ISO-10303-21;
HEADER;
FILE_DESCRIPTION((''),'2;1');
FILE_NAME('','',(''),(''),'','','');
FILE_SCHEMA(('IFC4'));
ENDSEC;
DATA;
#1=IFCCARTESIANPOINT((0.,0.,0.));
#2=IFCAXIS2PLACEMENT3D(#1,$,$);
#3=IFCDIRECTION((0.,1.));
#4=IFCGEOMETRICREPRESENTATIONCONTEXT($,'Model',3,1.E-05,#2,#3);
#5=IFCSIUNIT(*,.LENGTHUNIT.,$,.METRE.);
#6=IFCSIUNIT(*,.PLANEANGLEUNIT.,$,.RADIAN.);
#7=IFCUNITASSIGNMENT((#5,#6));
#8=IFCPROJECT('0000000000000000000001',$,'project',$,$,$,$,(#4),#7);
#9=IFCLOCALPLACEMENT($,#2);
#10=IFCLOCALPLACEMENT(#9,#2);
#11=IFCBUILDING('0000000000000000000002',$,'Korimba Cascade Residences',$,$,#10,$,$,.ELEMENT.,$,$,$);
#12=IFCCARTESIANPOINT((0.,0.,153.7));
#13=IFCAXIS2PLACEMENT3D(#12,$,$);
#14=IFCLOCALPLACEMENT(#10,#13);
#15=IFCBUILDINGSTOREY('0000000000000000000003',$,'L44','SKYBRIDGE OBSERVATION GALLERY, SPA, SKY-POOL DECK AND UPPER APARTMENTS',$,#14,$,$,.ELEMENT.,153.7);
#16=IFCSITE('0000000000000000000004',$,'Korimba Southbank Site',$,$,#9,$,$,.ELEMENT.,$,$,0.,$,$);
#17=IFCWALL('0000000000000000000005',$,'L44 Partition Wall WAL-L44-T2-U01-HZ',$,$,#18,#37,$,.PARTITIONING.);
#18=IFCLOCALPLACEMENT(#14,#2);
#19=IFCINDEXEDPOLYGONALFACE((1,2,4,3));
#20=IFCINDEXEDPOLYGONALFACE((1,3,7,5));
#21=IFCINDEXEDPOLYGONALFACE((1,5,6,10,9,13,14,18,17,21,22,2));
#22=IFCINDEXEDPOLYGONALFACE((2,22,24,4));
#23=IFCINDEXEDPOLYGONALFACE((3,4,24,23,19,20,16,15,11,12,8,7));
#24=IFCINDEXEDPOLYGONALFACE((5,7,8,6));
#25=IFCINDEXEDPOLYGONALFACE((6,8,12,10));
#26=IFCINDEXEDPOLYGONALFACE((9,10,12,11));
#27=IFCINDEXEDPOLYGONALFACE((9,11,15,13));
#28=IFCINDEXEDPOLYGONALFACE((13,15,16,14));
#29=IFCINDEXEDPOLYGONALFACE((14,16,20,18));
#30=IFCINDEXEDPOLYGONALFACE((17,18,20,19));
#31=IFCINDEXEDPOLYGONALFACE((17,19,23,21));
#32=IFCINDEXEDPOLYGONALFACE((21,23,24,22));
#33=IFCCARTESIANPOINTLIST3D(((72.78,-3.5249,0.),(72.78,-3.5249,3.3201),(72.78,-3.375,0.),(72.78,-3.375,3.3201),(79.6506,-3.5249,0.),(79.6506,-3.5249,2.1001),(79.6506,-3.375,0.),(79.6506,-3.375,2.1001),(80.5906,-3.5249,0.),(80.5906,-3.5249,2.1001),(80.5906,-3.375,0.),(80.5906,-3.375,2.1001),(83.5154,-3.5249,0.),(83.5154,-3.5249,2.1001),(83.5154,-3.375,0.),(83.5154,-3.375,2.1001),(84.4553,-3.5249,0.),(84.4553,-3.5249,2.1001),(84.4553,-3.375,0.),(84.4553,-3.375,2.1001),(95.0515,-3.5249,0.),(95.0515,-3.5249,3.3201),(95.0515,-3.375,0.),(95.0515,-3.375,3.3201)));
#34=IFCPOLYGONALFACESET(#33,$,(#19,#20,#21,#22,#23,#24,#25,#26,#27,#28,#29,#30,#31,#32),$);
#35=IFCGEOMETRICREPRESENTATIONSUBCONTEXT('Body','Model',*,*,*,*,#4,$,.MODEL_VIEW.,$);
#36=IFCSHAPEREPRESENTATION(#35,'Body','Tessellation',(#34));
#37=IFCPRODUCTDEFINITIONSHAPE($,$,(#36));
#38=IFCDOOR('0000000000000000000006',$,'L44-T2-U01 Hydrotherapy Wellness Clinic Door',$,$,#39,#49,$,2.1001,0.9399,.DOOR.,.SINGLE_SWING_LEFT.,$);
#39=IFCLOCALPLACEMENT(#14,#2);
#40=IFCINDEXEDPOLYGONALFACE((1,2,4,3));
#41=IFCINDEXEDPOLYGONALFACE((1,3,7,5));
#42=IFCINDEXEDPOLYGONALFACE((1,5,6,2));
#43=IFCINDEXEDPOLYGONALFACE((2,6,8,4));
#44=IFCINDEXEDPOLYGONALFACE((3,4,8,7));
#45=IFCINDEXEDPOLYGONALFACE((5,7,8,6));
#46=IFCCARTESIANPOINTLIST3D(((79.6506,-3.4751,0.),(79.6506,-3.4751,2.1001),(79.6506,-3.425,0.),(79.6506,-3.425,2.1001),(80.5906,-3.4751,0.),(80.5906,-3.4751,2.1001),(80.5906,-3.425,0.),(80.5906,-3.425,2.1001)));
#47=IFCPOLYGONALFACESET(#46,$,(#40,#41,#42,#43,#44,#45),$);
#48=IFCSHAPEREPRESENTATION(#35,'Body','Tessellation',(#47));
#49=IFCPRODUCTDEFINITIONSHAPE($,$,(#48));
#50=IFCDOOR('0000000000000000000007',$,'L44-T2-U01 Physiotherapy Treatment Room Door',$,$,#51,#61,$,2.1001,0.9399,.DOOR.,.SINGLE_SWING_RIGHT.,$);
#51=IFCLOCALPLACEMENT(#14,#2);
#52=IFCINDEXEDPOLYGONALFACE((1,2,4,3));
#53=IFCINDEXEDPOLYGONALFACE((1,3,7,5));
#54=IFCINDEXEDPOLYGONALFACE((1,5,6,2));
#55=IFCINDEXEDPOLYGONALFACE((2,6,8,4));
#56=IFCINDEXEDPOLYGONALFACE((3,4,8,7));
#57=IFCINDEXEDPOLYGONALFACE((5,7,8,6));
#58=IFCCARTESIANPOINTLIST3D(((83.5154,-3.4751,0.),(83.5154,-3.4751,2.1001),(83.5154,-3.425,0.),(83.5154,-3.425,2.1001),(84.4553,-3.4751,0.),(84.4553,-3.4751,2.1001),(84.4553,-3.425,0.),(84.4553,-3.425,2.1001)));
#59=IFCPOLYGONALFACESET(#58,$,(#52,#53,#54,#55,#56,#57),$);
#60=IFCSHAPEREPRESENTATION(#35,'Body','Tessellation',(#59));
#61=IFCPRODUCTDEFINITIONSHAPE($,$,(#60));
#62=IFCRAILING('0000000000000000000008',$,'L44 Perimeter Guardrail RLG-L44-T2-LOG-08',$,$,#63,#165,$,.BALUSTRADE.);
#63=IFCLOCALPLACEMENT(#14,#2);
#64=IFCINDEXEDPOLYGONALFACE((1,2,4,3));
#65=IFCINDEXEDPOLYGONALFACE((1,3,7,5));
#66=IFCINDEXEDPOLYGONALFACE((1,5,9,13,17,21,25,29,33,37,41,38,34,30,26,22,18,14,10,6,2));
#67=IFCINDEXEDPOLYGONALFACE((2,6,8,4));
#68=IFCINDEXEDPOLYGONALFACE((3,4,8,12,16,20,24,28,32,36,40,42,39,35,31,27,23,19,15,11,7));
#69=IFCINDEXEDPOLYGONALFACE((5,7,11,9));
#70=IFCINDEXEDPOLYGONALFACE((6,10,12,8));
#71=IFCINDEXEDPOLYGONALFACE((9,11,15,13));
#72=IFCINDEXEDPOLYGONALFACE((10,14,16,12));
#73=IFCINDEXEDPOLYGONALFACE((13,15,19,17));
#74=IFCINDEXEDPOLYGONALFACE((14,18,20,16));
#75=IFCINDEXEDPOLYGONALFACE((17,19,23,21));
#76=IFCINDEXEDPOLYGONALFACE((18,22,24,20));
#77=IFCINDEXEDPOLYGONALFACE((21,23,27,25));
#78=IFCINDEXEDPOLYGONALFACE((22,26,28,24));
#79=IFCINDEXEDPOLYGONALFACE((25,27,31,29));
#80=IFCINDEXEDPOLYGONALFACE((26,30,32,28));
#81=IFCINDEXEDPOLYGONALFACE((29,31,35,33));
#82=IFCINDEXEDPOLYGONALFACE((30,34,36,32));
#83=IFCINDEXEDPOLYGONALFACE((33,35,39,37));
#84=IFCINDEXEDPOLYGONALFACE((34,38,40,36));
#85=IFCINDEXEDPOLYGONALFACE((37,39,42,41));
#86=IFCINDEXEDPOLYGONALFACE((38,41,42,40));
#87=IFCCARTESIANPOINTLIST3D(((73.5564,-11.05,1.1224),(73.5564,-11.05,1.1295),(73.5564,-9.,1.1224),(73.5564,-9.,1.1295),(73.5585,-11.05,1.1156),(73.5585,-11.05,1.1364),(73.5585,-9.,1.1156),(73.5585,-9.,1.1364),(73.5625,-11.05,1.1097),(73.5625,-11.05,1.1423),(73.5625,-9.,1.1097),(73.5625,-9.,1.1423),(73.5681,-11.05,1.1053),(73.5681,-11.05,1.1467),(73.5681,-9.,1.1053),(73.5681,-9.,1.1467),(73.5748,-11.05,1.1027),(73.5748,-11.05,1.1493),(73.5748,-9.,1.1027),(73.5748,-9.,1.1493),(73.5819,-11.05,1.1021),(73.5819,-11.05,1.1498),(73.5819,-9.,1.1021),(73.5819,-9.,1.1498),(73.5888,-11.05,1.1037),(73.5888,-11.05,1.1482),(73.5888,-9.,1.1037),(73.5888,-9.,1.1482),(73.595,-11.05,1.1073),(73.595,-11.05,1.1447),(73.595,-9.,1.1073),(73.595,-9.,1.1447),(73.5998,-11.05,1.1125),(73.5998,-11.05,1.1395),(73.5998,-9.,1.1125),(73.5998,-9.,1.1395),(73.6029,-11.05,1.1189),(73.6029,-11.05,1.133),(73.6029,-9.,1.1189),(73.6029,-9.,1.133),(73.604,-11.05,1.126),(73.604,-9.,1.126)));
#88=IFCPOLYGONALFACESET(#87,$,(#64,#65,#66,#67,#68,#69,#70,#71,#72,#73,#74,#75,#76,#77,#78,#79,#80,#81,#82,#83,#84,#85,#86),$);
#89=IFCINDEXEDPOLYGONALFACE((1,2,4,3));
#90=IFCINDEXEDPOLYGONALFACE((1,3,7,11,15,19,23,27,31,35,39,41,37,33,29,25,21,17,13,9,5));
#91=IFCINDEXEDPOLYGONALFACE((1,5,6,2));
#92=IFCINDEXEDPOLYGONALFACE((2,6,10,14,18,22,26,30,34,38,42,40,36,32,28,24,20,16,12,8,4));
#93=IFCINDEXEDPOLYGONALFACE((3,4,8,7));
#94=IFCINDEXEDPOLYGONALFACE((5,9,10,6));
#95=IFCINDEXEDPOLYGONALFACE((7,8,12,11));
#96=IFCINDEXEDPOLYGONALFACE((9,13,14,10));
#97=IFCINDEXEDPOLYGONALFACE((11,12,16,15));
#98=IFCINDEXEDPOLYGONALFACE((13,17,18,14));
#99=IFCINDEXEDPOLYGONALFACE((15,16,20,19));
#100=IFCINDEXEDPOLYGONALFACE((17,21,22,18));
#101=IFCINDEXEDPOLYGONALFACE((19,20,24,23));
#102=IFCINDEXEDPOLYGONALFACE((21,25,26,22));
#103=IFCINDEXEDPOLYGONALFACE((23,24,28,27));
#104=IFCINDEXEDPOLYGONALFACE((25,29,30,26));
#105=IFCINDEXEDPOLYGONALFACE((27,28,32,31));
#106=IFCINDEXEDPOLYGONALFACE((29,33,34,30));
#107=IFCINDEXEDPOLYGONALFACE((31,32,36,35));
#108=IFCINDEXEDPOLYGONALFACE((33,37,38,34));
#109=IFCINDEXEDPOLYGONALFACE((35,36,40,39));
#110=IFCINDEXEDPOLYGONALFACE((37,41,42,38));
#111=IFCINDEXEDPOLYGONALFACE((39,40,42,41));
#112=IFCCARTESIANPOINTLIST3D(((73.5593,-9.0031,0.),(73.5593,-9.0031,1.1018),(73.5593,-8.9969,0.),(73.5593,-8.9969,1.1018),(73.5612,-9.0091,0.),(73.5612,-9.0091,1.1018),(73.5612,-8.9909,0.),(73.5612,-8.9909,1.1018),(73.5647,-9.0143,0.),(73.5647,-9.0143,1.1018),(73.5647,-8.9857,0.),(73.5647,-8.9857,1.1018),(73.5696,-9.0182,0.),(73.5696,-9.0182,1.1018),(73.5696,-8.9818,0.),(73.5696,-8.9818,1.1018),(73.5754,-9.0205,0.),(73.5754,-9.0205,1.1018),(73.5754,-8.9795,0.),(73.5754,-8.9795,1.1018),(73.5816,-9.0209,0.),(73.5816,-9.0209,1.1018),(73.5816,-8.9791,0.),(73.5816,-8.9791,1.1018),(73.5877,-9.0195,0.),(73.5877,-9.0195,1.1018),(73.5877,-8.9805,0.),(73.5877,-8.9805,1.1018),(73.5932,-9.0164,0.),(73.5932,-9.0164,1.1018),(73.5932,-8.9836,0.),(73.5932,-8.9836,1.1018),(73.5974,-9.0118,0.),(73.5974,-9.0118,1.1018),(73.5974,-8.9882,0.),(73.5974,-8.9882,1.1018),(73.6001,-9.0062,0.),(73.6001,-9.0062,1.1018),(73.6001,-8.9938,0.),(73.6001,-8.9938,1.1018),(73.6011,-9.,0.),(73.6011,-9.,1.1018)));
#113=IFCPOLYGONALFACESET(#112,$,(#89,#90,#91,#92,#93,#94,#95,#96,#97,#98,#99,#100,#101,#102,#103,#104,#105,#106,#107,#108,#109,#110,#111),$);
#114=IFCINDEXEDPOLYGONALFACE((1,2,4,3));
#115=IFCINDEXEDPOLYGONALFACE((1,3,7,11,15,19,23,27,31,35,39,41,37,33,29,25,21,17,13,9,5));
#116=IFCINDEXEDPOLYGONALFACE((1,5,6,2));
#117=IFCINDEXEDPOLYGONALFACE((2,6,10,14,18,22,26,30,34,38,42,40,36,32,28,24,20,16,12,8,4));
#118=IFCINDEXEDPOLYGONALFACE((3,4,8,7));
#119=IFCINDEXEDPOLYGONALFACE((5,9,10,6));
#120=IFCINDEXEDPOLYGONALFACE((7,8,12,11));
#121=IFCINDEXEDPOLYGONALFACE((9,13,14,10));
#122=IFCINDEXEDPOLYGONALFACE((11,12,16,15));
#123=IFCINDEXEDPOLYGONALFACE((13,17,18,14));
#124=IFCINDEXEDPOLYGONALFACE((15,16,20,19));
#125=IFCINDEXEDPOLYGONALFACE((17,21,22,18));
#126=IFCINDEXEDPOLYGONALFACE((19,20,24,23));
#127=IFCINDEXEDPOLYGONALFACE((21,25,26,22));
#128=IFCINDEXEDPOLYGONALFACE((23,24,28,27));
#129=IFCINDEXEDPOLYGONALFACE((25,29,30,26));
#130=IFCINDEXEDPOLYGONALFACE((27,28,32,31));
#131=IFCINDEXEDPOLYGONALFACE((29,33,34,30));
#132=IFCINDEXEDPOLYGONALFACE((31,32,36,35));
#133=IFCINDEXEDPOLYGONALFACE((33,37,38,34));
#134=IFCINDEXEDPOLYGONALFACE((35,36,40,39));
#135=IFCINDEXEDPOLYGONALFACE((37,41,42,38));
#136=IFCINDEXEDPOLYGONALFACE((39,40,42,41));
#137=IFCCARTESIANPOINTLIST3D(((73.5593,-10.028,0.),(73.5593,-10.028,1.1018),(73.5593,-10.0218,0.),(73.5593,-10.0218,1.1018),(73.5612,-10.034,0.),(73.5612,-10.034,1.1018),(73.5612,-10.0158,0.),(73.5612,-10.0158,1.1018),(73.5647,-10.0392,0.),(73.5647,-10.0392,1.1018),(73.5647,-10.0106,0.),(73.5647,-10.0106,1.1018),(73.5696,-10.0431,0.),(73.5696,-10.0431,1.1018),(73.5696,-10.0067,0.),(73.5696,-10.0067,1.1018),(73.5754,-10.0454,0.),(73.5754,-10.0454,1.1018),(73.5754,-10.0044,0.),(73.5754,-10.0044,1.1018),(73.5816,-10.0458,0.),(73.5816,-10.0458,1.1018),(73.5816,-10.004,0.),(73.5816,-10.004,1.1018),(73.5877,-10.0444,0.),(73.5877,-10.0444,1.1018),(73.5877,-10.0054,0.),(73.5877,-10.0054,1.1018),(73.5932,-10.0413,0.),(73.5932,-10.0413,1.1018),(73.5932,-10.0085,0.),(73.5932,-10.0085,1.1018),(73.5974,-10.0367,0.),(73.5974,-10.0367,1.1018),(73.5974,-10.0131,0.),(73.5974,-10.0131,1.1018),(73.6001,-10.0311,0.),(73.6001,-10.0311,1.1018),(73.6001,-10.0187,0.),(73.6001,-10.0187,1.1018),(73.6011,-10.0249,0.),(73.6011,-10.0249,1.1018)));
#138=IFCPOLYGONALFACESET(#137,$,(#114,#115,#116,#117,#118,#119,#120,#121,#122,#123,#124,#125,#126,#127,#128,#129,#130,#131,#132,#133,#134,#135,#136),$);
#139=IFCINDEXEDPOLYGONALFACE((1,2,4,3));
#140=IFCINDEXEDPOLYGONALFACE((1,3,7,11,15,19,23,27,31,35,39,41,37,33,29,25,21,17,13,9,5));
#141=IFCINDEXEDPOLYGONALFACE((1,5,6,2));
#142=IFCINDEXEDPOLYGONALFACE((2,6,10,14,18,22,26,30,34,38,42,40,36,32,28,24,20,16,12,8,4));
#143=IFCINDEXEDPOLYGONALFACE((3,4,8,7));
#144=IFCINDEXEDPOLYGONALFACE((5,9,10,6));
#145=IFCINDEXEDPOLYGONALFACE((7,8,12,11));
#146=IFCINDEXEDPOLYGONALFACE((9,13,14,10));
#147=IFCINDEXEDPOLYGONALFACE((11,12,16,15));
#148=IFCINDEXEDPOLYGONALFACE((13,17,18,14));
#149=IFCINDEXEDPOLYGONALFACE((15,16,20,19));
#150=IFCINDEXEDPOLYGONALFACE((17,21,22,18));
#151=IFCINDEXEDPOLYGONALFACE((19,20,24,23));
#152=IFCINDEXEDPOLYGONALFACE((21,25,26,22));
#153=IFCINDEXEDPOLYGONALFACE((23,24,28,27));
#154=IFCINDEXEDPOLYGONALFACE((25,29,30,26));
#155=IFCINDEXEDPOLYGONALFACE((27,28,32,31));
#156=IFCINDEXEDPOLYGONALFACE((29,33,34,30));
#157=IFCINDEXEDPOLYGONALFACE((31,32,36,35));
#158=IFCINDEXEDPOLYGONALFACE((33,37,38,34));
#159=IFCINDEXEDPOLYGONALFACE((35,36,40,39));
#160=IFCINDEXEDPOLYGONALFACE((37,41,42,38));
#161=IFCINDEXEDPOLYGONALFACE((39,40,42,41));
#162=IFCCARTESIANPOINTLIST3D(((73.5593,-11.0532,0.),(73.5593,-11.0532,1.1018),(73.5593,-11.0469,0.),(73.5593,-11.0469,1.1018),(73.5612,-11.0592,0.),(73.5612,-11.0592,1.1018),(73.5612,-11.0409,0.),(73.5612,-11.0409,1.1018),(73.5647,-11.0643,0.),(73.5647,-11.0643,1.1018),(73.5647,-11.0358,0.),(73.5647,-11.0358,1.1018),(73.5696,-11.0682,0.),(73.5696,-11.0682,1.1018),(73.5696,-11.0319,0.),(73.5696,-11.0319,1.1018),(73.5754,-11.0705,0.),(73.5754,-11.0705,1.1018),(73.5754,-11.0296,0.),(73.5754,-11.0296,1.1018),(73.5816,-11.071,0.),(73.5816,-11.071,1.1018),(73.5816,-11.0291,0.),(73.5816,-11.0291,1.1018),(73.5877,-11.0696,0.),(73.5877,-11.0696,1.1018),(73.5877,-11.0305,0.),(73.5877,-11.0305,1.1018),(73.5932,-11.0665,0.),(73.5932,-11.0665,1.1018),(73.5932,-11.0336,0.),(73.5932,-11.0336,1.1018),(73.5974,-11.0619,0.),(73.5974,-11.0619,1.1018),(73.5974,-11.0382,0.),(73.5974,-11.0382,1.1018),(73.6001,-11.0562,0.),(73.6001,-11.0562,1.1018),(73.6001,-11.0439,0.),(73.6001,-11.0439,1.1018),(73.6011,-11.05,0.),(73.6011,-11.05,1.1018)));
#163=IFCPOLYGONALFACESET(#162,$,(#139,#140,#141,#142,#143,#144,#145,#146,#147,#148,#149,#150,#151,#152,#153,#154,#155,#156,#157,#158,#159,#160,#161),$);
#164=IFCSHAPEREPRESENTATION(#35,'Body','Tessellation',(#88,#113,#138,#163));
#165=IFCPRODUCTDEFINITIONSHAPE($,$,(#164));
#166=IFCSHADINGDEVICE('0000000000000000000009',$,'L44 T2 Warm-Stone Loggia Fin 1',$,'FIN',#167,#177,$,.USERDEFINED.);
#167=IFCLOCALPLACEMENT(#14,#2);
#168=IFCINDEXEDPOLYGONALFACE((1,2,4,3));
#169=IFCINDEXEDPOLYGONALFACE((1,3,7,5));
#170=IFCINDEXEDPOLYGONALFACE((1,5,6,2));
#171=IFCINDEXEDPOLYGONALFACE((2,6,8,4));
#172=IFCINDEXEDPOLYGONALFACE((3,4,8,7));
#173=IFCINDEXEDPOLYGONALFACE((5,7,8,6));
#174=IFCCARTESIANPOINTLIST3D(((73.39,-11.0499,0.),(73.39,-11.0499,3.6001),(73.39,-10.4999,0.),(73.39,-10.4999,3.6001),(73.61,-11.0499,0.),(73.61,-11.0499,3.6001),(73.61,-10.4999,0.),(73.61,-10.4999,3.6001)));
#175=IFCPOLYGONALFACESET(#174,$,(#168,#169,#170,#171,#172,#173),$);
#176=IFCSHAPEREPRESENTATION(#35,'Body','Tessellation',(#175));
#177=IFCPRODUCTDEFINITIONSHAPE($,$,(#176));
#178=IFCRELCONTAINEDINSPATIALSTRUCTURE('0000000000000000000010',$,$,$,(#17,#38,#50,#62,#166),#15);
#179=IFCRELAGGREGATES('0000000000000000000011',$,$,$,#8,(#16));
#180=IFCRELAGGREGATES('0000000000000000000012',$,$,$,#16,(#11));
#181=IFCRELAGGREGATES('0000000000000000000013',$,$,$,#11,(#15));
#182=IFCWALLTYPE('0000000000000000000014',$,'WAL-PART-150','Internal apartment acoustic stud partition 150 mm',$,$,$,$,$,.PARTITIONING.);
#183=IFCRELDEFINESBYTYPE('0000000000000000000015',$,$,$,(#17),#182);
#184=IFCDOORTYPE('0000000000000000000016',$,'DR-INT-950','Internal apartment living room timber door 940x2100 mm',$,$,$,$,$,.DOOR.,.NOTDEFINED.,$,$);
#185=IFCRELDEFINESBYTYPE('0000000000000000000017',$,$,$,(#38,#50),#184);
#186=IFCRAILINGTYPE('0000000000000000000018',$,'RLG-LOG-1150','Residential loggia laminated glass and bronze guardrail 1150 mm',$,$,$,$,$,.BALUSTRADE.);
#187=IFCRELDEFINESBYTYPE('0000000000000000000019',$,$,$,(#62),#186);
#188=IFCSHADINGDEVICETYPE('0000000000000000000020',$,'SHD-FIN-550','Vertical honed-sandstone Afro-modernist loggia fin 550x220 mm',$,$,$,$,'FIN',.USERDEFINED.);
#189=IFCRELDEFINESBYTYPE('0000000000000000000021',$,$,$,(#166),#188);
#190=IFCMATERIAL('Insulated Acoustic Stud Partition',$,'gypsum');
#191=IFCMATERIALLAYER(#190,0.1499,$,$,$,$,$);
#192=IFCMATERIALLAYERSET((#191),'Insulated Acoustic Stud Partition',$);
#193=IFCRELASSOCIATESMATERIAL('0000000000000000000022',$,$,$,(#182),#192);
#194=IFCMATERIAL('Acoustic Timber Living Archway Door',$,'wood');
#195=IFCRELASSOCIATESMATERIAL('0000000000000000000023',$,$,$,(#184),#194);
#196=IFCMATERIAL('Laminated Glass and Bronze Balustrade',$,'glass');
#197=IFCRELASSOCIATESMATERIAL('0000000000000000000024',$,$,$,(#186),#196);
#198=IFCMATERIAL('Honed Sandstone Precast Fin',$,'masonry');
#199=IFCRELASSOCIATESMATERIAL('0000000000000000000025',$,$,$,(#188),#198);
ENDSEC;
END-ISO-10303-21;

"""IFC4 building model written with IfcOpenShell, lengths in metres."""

from ifc_helpers import new_model, si_unit, direction, frame, frame_2d, origin, origin_2d, place, context, subcontext, project, spatial, rectangle, circle, extrude, material, layer, layer_set, type_object, element, fill, save


model = new_model("IFC4")

# Units and contexts
model_context = context("Model", 3, precision=1e-05, world=origin(), true_north=direction((0.0, 1.0)))
body_context = subcontext(model_context, "Body", "Model", "MODEL_VIEW")
ifc_project = project(units=[si_unit("LENGTHUNIT", "METRE"), si_unit("PLANEANGLEUNIT", "RADIAN")], contexts=[model_context])

# Site, building, storey
site_placement = place(None, origin())
site = spatial("IfcSite", under=ifc_project, at=site_placement, Name="Korimba Southbank Site", CompositionType="ELEMENT", RefElevation=0.0)
building_placement = place(site_placement, origin())
building = spatial("IfcBuilding", under=site, at=building_placement, Name="Korimba Cascade Residences", CompositionType="ELEMENT")
storey_placement = place(building_placement, frame((0.0, 0.0, 153.7)))
storey = spatial("IfcBuildingStorey", under=building, at=storey_placement, Name="L44", Description="SKYBRIDGE OBSERVATION GALLERY, SPA, SKY-POOL DECK AND UPPER APARTMENTS", CompositionType="ELEMENT", Elevation=153.7)

# Shared definitions
ifc_material_1 = material(Name="Insulated Acoustic Stud Partition", Category="gypsum")
ifc_layer_1 = layer(ifc_material_1, 0.1499)
ifc_layer_set_1 = layer_set([ifc_layer_1], Name="Insulated Acoustic Stud Partition")
wall_type_1 = type_object("IfcWallType", Name="WAL-PART-150", Description="Internal apartment acoustic stud partition 150 mm", PredefinedType="PARTITIONING", material=ifc_layer_set_1)
ifc_material_2 = material(Name="Acoustic Timber Living Archway Door", Category="wood")
door_type_1 = type_object("IfcDoorType", Name="DR-INT-950", Description="Internal apartment living room timber door 940x2100 mm", OperationType="NOTDEFINED", PredefinedType="DOOR", material=ifc_material_2)

# Wall, openings, doors
wall_1_placement = place(storey_placement, frame((72.78, -3.45, 0.0), z_axis=(0.0, 0.0, 1.0), x_axis=(1.0, 0.0, 0.0)))
wall_1 = element("IfcWall", 1, at=wall_1_placement, inside=storey, type_object=wall_type_1, Name="L44 Partition Wall WAL-L44-T2-U01-HZ", PredefinedType="PARTITIONING", context=body_context, shape_type="SweptSolid", body=[
    extrude(rectangle(XDim=22.2715, YDim=0.1499, at=frame_2d((11.1357, 0.0))), origin(), (0.0, 0.0, 1.0), 3.3201),
])
opening_1_placement = place(wall_1_placement, frame((6.8706, 0.0, 0.0)))
opening_1 = element("IfcOpeningElement", 2, at=opening_1_placement, cuts=wall_1, PredefinedType="OPENING", context=body_context, shape_type="SweptSolid", body=[
    extrude(rectangle(XDim=0.9399, YDim=2.1001, at=frame_2d((0.47, 1.05))), frame((0.0, 0.085, 0.0), z_axis=(0.0, -1.0, 0.0), x_axis=(1.0, 0.0, 0.0)), (0.0, 0.0, 1.0), 0.1699),
])
opening_2_placement = place(wall_1_placement, frame((10.7354, 0.0, 0.0)))
opening_2 = element("IfcOpeningElement", 3, at=opening_2_placement, cuts=wall_1, PredefinedType="OPENING", context=body_context, shape_type="SweptSolid", body=[
    extrude(rectangle(XDim=0.9399, YDim=2.1001, at=frame_2d((0.47, 1.05))), frame((0.0, 0.085, 0.0), z_axis=(0.0, -1.0, 0.0), x_axis=(1.0, 0.0, 0.0)), (0.0, 0.0, 1.0), 0.1699),
])
door_1_placement = place(opening_1_placement, origin())
door_1 = element("IfcDoor", 4, at=door_1_placement, inside=storey, type_object=door_type_1, Name="L44-T2-U01 Hydrotherapy Wellness Clinic Door", OperationType="SINGLE_SWING_LEFT", OverallHeight=2.1001, OverallWidth=0.9399, PredefinedType="DOOR", context=body_context, shape_type="SweptSolid", body=[
    extrude(rectangle(XDim=0.9399, YDim=2.1001, at=frame_2d((0.47, 1.05))), frame((0.0, 0.0249, 0.0), z_axis=(0.0, -1.0, 0.0), x_axis=(1.0, 0.0, 0.0)), (0.0, 0.0, 1.0), 0.05),
])
fill(opening_1, door_1)
door_2_placement = place(opening_2_placement, origin())
door_2 = element("IfcDoor", 5, at=door_2_placement, inside=storey, type_object=door_type_1, Name="L44-T2-U01 Physiotherapy Treatment Room Door", OperationType="SINGLE_SWING_RIGHT", OverallHeight=2.1001, OverallWidth=0.9399, PredefinedType="DOOR", context=body_context, shape_type="SweptSolid", body=[
    extrude(rectangle(XDim=0.9399, YDim=2.1001, at=frame_2d((0.47, 1.05))), frame((0.0, 0.0249, 0.0), z_axis=(0.0, -1.0, 0.0), x_axis=(1.0, 0.0, 0.0)), (0.0, 0.0, 1.0), 0.05),
])
fill(opening_2, door_2)

# Railing
ifc_material_3 = material(Name="Laminated Glass and Bronze Balustrade", Category="glass")
railing_type = type_object("IfcRailingType", Name="RLG-LOG-1150", Description="Residential loggia laminated glass and bronze guardrail 1150 mm", PredefinedType="BALUSTRADE", material=ifc_material_3)
railing_1_placement = place(storey_placement, frame((73.5801, -9.0, 0.0)))
element("IfcRailing", 6, at=railing_1_placement, inside=storey, type_object=railing_type, Name="L44 Perimeter Guardrail RLG-L44-T2-LOG-08", PredefinedType="BALUSTRADE", context=body_context, shape_type="SweptSolid", body=[
    extrude(circle(Radius=0.0239, at=origin_2d()), frame((0.0, 0.0, 1.126), z_axis=(0.0, -1.0, 0.0), x_axis=(1.0, 0.0, 0.0)), (0.0, 0.0, 1.0), 2.05),
    extrude(circle(Radius=0.021, at=origin_2d()), origin(), (0.0, 0.0, 1.0), 1.1018),
    extrude(circle(Radius=0.021, at=origin_2d()), frame((0.0, -1.0249, 0.0)), (0.0, 0.0, 1.0), 1.1018),
    extrude(circle(Radius=0.021, at=origin_2d()), frame((0.0, -2.05, 0.0)), (0.0, 0.0, 1.0), 1.1018),
])

# Shading device
ifc_material_4 = material(Name="Honed Sandstone Precast Fin", Category="masonry")
shading_device_type = type_object("IfcShadingDeviceType", Name="SHD-FIN-550", Description="Vertical honed-sandstone Afro-modernist loggia fin 550x220 mm", ElementType="FIN", PredefinedType="USERDEFINED", material=ifc_material_4)
shading_device_placement = place(storey_placement, frame((73.5, -10.7749, 0.0), z_axis=(0.0, 0.0, 1.0), x_axis=(1.0, 0.0, 0.0)))
element("IfcShadingDevice", 7, at=shading_device_placement, inside=storey, type_object=shading_device_type, Name="L44 T2 Warm-Stone Loggia Fin 1", ObjectType="FIN", PredefinedType="USERDEFINED", context=body_context, shape_type="SweptSolid", body=[
    extrude(rectangle(XDim=0.22, YDim=0.55, at=origin_2d()), origin(), (0.0, 0.0, 1.0), 3.6001),
])

save(model, "model.ifc")
